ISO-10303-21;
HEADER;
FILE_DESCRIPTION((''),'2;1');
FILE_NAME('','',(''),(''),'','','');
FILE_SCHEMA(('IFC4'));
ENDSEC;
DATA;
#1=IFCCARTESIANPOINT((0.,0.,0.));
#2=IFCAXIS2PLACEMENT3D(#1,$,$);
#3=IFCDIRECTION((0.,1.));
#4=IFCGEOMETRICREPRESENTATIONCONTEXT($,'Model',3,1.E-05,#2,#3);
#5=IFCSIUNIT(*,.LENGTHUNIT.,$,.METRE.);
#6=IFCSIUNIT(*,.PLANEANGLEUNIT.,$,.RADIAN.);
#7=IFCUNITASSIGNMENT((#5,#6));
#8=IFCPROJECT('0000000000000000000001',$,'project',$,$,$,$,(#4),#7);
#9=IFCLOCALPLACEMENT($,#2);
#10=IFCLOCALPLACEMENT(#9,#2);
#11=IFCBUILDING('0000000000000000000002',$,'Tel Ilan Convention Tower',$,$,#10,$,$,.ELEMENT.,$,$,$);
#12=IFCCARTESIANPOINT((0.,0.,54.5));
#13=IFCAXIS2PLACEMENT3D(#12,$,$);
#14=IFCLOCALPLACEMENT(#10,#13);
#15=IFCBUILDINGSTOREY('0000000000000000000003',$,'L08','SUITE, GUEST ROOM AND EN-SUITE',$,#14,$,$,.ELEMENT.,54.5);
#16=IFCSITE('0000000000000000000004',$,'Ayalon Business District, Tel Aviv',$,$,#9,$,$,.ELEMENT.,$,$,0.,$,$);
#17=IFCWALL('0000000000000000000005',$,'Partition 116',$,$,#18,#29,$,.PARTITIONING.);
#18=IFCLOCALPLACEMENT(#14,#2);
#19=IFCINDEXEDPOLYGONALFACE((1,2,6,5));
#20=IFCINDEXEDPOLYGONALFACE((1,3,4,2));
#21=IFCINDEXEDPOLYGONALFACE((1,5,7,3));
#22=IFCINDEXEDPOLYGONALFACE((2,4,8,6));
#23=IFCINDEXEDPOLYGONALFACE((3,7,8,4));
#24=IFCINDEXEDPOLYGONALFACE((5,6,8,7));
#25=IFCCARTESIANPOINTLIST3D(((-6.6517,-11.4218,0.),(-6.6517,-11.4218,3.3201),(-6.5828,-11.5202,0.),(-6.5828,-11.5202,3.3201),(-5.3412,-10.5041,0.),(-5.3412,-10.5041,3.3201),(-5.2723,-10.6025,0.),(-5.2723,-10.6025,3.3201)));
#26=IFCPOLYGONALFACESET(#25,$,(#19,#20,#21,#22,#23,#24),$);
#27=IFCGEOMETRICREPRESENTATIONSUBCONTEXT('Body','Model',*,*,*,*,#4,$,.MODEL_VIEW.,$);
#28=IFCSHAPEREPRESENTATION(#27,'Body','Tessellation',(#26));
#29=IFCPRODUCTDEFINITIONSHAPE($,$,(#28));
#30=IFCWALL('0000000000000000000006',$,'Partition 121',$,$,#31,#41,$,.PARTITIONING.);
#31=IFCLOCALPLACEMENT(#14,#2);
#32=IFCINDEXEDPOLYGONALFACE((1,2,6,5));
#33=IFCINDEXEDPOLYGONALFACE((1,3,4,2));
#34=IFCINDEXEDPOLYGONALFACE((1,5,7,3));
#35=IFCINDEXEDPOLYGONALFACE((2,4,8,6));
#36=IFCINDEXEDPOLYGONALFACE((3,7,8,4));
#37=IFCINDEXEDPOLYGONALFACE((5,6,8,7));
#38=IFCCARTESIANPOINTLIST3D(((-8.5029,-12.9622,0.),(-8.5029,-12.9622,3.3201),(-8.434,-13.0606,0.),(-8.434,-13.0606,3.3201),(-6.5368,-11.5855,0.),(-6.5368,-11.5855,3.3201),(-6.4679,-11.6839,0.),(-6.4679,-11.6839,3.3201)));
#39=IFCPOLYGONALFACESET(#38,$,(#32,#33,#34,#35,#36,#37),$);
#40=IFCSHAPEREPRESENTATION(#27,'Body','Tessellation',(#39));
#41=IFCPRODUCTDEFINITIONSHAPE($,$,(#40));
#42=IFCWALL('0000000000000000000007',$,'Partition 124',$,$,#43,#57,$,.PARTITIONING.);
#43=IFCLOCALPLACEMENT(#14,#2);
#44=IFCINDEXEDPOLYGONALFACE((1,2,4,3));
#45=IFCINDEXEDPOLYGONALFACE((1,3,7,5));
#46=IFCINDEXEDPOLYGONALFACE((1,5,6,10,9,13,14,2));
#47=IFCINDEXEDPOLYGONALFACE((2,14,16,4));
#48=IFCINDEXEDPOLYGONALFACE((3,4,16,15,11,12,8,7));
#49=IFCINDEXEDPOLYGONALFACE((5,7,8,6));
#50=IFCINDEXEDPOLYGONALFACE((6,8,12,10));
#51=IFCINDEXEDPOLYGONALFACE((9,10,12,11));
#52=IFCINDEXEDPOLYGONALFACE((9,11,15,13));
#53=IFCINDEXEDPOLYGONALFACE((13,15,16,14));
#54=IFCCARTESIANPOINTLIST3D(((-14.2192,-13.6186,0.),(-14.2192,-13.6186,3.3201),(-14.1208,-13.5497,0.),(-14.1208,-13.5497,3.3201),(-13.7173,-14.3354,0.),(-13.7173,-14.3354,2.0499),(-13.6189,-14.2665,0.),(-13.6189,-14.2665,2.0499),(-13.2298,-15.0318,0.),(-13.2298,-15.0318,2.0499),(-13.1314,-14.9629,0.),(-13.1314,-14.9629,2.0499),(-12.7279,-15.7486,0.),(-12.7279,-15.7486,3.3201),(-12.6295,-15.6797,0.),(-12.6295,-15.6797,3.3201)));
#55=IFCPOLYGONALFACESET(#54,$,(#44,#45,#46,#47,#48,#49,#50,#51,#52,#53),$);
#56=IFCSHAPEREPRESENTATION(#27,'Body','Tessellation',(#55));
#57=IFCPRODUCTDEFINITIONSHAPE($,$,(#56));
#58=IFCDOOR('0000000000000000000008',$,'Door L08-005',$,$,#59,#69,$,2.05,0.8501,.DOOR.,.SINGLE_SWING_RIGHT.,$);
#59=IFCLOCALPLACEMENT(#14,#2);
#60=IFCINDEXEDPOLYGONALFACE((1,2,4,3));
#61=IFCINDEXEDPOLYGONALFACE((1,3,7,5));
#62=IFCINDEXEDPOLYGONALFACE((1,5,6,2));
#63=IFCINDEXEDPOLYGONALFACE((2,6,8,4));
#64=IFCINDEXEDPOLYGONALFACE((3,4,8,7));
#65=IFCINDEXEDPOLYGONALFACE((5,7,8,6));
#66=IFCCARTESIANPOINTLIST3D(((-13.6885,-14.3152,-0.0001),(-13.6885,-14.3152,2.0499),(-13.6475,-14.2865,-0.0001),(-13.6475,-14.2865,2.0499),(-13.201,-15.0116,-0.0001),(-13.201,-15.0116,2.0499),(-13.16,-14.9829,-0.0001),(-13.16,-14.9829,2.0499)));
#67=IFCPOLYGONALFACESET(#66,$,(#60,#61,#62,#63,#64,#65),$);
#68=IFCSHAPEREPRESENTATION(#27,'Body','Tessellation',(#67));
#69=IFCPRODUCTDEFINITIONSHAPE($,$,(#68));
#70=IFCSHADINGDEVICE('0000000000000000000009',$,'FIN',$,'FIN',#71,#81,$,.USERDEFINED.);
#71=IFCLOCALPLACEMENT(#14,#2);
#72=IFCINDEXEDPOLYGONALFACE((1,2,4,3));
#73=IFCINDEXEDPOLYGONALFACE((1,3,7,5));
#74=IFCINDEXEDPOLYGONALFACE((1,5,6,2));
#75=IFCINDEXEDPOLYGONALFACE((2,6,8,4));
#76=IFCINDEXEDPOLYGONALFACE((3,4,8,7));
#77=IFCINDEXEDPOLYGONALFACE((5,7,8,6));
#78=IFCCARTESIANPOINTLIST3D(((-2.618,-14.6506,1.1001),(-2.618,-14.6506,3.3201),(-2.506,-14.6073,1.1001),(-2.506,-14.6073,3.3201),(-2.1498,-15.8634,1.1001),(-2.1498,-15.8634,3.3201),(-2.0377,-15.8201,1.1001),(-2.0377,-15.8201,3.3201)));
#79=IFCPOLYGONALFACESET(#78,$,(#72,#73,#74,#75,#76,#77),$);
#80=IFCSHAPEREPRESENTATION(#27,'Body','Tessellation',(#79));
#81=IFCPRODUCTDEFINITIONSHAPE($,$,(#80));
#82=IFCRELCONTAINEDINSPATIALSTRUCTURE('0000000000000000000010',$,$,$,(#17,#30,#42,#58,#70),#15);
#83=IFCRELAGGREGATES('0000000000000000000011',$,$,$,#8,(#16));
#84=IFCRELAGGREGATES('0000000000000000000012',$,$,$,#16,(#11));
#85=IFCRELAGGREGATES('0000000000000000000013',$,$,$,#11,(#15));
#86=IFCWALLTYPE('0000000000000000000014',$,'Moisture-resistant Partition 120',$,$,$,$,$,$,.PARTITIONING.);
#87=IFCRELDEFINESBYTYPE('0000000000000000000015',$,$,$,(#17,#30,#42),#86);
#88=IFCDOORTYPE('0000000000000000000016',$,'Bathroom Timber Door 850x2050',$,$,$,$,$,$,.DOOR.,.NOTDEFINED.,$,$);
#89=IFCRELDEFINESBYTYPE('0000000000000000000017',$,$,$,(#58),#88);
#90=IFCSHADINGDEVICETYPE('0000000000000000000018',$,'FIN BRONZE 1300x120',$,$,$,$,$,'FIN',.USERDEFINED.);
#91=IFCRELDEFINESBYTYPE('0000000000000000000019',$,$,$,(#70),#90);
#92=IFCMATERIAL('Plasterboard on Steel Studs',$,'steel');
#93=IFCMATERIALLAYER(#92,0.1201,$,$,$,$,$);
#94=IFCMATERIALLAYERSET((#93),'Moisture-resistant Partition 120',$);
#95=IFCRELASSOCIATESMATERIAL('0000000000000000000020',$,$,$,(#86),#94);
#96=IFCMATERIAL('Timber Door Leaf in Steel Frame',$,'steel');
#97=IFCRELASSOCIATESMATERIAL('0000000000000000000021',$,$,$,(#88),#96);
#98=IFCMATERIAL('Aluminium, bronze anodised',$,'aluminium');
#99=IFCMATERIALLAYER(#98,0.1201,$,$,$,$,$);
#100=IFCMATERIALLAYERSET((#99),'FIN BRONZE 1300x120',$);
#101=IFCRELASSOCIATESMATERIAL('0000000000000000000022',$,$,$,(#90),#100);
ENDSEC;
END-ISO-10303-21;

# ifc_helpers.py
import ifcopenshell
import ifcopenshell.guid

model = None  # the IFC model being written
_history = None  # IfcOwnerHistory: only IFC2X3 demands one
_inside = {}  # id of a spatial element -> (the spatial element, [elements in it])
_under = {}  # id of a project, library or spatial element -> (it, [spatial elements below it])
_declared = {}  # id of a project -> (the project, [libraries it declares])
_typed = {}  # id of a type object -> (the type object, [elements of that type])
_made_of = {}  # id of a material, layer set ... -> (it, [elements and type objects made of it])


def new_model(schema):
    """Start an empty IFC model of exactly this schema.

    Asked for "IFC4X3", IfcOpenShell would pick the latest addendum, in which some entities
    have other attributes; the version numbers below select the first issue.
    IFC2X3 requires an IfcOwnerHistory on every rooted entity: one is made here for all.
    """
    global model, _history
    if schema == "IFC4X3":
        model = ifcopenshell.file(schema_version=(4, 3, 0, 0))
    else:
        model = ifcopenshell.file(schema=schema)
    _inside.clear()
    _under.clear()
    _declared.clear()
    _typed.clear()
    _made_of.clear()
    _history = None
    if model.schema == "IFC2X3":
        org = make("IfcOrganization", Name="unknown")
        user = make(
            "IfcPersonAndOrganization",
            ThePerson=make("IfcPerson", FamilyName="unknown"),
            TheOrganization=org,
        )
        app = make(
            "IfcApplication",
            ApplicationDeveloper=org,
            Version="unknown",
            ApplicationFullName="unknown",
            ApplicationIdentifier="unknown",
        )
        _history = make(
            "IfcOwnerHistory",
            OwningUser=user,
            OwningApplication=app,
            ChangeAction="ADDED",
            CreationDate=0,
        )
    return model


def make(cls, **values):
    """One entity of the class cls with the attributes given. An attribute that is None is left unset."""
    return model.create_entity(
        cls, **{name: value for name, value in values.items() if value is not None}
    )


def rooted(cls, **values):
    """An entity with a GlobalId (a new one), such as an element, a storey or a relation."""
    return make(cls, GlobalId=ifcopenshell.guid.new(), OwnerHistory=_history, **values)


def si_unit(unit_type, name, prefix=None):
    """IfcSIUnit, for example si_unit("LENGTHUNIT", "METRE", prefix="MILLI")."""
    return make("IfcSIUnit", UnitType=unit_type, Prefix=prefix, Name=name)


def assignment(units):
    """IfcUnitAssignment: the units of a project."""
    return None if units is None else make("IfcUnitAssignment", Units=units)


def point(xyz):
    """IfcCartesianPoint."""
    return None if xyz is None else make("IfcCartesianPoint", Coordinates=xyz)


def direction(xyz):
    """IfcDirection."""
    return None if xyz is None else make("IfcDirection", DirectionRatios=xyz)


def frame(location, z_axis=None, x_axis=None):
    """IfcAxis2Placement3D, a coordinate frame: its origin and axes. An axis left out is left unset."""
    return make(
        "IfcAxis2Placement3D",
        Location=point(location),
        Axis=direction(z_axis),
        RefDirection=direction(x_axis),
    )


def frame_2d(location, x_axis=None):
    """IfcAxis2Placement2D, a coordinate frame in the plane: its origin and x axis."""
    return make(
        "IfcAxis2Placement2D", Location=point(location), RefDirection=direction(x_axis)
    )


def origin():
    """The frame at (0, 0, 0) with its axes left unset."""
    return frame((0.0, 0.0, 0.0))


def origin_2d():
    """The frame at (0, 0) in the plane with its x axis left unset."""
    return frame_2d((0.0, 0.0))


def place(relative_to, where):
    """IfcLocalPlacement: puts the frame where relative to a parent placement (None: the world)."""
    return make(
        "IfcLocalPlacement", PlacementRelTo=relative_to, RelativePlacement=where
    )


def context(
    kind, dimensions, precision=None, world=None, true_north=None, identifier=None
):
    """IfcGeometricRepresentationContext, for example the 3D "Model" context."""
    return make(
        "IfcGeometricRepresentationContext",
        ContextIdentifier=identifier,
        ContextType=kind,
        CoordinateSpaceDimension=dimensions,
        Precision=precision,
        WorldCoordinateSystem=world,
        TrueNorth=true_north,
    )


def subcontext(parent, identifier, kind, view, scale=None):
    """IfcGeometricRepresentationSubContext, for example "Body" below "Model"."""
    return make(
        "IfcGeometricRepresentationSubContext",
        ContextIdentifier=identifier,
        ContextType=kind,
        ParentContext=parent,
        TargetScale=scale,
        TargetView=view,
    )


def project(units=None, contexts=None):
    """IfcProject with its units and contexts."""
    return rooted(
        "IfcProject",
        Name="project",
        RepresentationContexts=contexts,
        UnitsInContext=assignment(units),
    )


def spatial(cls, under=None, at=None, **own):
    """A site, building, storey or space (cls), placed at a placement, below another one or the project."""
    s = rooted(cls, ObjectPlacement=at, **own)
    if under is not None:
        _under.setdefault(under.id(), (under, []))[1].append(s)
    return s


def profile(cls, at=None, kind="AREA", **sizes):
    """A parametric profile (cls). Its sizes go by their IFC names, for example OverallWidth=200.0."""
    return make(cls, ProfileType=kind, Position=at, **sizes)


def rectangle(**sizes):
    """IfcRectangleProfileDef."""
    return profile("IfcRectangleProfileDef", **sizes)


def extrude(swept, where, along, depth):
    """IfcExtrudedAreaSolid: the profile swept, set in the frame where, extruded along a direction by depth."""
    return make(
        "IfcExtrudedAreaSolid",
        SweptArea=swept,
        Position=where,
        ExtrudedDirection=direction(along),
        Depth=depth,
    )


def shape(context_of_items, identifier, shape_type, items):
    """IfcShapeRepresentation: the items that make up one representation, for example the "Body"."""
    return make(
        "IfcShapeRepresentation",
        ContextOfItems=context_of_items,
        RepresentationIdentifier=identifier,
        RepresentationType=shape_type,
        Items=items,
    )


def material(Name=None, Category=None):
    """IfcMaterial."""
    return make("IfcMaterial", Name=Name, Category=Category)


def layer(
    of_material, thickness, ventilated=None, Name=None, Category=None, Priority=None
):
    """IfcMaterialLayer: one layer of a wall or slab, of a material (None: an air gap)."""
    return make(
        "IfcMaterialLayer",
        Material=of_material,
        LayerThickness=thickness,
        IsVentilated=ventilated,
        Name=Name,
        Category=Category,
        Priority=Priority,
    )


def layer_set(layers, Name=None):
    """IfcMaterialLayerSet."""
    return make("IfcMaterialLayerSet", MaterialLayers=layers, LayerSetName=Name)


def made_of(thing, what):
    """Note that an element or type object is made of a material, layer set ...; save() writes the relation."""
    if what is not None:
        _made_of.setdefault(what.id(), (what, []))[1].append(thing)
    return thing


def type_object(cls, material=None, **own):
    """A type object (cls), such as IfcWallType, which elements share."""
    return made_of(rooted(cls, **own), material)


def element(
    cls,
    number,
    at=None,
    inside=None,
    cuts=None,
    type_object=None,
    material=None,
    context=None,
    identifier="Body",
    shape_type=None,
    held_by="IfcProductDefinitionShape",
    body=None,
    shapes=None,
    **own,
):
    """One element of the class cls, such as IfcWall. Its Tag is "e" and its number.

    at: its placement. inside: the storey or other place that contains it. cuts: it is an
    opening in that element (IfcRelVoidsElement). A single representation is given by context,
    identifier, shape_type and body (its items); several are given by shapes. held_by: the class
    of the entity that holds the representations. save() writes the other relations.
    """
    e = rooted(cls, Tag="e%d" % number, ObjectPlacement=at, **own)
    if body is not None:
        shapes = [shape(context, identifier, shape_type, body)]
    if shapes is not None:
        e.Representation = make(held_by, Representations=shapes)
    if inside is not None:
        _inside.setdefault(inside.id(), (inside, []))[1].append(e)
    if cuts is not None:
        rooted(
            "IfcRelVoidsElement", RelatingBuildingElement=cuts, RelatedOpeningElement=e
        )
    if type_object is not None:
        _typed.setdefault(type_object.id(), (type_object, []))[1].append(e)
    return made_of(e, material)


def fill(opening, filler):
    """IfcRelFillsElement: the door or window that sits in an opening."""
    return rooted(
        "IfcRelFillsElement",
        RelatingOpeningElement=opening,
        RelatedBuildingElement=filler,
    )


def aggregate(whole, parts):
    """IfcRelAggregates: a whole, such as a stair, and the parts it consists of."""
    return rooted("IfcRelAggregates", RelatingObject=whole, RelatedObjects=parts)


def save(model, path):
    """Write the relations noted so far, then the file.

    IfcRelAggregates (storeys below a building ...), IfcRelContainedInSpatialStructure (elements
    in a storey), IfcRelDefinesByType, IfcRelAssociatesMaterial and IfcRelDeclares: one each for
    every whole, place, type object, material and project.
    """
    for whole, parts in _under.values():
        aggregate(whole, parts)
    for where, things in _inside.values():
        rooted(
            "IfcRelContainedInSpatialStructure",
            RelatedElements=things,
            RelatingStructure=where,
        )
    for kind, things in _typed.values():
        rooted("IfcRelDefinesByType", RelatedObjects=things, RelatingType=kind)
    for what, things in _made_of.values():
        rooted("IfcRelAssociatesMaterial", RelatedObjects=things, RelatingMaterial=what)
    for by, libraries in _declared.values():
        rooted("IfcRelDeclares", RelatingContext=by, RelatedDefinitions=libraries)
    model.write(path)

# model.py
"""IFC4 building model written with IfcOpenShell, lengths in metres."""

from ifc_helpers import new_model, si_unit, direction, frame, frame_2d, origin, origin_2d, place, context, subcontext, project, spatial, rectangle, extrude, material, layer, layer_set, type_object, element, fill, save


model = new_model("IFC4")

# Units and contexts
model_context = context("Model", 3, precision=1e-05, world=origin(), true_north=direction((0.0, 1.0)))
body_context = subcontext(model_context, "Body", "Model", "MODEL_VIEW")
ifc_project = project(units=[si_unit("LENGTHUNIT", "METRE"), si_unit("PLANEANGLEUNIT", "RADIAN")], contexts=[model_context])

# Site, building, storey
site_placement = place(None, origin())
site = spatial("IfcSite", under=ifc_project, at=site_placement, Name="Ayalon Business District, Tel Aviv", CompositionType="ELEMENT", RefElevation=0.0)
building_placement = place(site_placement, origin())
building = spatial("IfcBuilding", under=site, at=building_placement, Name="Tel Ilan Convention Tower", CompositionType="ELEMENT")
storey_placement = place(building_placement, frame((0.0, 0.0, 54.5)))
storey = spatial("IfcBuildingStorey", under=building, at=storey_placement, Name="L08", Description="SUITE, GUEST ROOM AND EN-SUITE", CompositionType="ELEMENT", Elevation=54.5)

# Walls
ifc_material_1 = material(Name="Plasterboard on Steel Studs", Category="steel")
ifc_layer_1 = layer(ifc_material_1, 0.1201)
ifc_layer_set_1 = layer_set([ifc_layer_1], Name="Moisture-resistant Partition 120")
wall_type_1 = type_object("IfcWallType", Name="Moisture-resistant Partition 120", PredefinedType="PARTITIONING", material=ifc_layer_set_1)
wall_1_placement = place(storey_placement, frame((-6.6172, -11.4709, 0.0), z_axis=(0.0, 0.0, 1.0), x_axis=(0.819132, 0.573606, 0.0)))
element("IfcWall", 1, at=wall_1_placement, inside=storey, type_object=wall_type_1, Name="Partition 116", PredefinedType="PARTITIONING", context=body_context, shape_type="SweptSolid", body=[
    extrude(rectangle(XDim=1.5999, YDim=0.1201, at=frame_2d((0.7998, 0.0))), origin(), (0.0, 0.0, 1.0), 3.3201),
])
wall_2_placement = place(storey_placement, frame((-8.4685, -13.0115, 0.0), z_axis=(0.0, 0.0, 1.0), x_axis=(0.819141, 0.573592, 0.0)))
element("IfcWall", 2, at=wall_2_placement, inside=storey, type_object=wall_type_1, Name="Partition 121", PredefinedType="PARTITIONING", context=body_context, shape_type="SweptSolid", body=[
    extrude(rectangle(XDim=2.4001, YDim=0.1201, at=frame_2d((1.2002, 0.0))), origin(), (0.0, 0.0, 1.0), 3.3201),
])

# Wall, opening, door
wall_3_placement = place(storey_placement, frame((-12.6787, -15.7141, 0.0), z_axis=(0.0, 0.0, 1.0), x_axis=(-0.573538, 0.819179, 0.0)))
wall_3 = element("IfcWall", 3, at=wall_3_placement, inside=storey, type_object=wall_type_1, Name="Partition 124", PredefinedType="PARTITIONING", context=body_context, shape_type="SweptSolid", body=[
    extrude(rectangle(XDim=2.6001, YDim=0.1201, at=frame_2d((1.3, 0.0))), origin(), (0.0, 0.0, 1.0), 3.3201),
])
opening_1_placement = place(wall_3_placement, frame((0.875, 0.0, 0.0)))
opening_1 = element("IfcOpeningElement", 4, at=opening_1_placement, cuts=wall_3, PredefinedType="OPENING", context=body_context, shape_type="SweptSolid", body=[
    extrude(rectangle(XDim=0.8501, YDim=2.05, at=frame_2d((0.425, 1.0249))), frame((0.0, 0.0701, 0.0), z_axis=(0.0, -1.0, 0.0), x_axis=(1.0, 0.0, 0.0)), (0.0, 0.0, 1.0), 0.1401),
])
ifc_material_2 = material(Name="Timber Door Leaf in Steel Frame", Category="steel")
door_type_1 = type_object("IfcDoorType", Name="Bathroom Timber Door 850x2050", OperationType="NOTDEFINED", PredefinedType="DOOR", material=ifc_material_2)
door_1_placement = place(opening_1_placement, origin())
door_1 = element("IfcDoor", 5, at=door_1_placement, inside=storey, type_object=door_type_1, Name="Door L08-005", OperationType="SINGLE_SWING_RIGHT", OverallHeight=2.05, OverallWidth=0.8501, PredefinedType="DOOR", context=body_context, shape_type="SweptSolid", body=[
    extrude(rectangle(XDim=0.8501, YDim=2.05, at=frame_2d((0.425, 1.0249))), frame((0.0, 0.0249, 0.0), z_axis=(0.0, -1.0, 0.0), x_axis=(1.0, 0.0, 0.0)), (0.0, 0.0, 1.0), 0.05),
])
fill(opening_1, door_1)

# Shading device
ifc_material_3 = material(Name="Aluminium, bronze anodised", Category="aluminium")
ifc_layer_2 = layer(ifc_material_3, 0.1201)
ifc_layer_set_2 = layer_set([ifc_layer_2], Name="FIN BRONZE 1300x120")
shading_device_type = type_object("IfcShadingDeviceType", Name="FIN BRONZE 1300x120", ElementType="FIN", PredefinedType="USERDEFINED", material=ifc_layer_set_2)
shading_device_placement = place(storey_placement, frame((-2.3279, -15.2354, 1.1001), z_axis=(0.0, 0.0, 1.0), x_axis=(0.360178, -0.932884, 0.0)))
element("IfcShadingDevice", 6, at=shading_device_placement, inside=storey, type_object=shading_device_type, Name="FIN", ObjectType="FIN", PredefinedType="USERDEFINED", context=body_context, shape_type="SweptSolid", body=[
    extrude(rectangle(XDim=1.3, YDim=0.1201, at=origin_2d()), origin(), (0.0, 0.0, 1.0), 2.22),
])

save(model, "model.ifc")
